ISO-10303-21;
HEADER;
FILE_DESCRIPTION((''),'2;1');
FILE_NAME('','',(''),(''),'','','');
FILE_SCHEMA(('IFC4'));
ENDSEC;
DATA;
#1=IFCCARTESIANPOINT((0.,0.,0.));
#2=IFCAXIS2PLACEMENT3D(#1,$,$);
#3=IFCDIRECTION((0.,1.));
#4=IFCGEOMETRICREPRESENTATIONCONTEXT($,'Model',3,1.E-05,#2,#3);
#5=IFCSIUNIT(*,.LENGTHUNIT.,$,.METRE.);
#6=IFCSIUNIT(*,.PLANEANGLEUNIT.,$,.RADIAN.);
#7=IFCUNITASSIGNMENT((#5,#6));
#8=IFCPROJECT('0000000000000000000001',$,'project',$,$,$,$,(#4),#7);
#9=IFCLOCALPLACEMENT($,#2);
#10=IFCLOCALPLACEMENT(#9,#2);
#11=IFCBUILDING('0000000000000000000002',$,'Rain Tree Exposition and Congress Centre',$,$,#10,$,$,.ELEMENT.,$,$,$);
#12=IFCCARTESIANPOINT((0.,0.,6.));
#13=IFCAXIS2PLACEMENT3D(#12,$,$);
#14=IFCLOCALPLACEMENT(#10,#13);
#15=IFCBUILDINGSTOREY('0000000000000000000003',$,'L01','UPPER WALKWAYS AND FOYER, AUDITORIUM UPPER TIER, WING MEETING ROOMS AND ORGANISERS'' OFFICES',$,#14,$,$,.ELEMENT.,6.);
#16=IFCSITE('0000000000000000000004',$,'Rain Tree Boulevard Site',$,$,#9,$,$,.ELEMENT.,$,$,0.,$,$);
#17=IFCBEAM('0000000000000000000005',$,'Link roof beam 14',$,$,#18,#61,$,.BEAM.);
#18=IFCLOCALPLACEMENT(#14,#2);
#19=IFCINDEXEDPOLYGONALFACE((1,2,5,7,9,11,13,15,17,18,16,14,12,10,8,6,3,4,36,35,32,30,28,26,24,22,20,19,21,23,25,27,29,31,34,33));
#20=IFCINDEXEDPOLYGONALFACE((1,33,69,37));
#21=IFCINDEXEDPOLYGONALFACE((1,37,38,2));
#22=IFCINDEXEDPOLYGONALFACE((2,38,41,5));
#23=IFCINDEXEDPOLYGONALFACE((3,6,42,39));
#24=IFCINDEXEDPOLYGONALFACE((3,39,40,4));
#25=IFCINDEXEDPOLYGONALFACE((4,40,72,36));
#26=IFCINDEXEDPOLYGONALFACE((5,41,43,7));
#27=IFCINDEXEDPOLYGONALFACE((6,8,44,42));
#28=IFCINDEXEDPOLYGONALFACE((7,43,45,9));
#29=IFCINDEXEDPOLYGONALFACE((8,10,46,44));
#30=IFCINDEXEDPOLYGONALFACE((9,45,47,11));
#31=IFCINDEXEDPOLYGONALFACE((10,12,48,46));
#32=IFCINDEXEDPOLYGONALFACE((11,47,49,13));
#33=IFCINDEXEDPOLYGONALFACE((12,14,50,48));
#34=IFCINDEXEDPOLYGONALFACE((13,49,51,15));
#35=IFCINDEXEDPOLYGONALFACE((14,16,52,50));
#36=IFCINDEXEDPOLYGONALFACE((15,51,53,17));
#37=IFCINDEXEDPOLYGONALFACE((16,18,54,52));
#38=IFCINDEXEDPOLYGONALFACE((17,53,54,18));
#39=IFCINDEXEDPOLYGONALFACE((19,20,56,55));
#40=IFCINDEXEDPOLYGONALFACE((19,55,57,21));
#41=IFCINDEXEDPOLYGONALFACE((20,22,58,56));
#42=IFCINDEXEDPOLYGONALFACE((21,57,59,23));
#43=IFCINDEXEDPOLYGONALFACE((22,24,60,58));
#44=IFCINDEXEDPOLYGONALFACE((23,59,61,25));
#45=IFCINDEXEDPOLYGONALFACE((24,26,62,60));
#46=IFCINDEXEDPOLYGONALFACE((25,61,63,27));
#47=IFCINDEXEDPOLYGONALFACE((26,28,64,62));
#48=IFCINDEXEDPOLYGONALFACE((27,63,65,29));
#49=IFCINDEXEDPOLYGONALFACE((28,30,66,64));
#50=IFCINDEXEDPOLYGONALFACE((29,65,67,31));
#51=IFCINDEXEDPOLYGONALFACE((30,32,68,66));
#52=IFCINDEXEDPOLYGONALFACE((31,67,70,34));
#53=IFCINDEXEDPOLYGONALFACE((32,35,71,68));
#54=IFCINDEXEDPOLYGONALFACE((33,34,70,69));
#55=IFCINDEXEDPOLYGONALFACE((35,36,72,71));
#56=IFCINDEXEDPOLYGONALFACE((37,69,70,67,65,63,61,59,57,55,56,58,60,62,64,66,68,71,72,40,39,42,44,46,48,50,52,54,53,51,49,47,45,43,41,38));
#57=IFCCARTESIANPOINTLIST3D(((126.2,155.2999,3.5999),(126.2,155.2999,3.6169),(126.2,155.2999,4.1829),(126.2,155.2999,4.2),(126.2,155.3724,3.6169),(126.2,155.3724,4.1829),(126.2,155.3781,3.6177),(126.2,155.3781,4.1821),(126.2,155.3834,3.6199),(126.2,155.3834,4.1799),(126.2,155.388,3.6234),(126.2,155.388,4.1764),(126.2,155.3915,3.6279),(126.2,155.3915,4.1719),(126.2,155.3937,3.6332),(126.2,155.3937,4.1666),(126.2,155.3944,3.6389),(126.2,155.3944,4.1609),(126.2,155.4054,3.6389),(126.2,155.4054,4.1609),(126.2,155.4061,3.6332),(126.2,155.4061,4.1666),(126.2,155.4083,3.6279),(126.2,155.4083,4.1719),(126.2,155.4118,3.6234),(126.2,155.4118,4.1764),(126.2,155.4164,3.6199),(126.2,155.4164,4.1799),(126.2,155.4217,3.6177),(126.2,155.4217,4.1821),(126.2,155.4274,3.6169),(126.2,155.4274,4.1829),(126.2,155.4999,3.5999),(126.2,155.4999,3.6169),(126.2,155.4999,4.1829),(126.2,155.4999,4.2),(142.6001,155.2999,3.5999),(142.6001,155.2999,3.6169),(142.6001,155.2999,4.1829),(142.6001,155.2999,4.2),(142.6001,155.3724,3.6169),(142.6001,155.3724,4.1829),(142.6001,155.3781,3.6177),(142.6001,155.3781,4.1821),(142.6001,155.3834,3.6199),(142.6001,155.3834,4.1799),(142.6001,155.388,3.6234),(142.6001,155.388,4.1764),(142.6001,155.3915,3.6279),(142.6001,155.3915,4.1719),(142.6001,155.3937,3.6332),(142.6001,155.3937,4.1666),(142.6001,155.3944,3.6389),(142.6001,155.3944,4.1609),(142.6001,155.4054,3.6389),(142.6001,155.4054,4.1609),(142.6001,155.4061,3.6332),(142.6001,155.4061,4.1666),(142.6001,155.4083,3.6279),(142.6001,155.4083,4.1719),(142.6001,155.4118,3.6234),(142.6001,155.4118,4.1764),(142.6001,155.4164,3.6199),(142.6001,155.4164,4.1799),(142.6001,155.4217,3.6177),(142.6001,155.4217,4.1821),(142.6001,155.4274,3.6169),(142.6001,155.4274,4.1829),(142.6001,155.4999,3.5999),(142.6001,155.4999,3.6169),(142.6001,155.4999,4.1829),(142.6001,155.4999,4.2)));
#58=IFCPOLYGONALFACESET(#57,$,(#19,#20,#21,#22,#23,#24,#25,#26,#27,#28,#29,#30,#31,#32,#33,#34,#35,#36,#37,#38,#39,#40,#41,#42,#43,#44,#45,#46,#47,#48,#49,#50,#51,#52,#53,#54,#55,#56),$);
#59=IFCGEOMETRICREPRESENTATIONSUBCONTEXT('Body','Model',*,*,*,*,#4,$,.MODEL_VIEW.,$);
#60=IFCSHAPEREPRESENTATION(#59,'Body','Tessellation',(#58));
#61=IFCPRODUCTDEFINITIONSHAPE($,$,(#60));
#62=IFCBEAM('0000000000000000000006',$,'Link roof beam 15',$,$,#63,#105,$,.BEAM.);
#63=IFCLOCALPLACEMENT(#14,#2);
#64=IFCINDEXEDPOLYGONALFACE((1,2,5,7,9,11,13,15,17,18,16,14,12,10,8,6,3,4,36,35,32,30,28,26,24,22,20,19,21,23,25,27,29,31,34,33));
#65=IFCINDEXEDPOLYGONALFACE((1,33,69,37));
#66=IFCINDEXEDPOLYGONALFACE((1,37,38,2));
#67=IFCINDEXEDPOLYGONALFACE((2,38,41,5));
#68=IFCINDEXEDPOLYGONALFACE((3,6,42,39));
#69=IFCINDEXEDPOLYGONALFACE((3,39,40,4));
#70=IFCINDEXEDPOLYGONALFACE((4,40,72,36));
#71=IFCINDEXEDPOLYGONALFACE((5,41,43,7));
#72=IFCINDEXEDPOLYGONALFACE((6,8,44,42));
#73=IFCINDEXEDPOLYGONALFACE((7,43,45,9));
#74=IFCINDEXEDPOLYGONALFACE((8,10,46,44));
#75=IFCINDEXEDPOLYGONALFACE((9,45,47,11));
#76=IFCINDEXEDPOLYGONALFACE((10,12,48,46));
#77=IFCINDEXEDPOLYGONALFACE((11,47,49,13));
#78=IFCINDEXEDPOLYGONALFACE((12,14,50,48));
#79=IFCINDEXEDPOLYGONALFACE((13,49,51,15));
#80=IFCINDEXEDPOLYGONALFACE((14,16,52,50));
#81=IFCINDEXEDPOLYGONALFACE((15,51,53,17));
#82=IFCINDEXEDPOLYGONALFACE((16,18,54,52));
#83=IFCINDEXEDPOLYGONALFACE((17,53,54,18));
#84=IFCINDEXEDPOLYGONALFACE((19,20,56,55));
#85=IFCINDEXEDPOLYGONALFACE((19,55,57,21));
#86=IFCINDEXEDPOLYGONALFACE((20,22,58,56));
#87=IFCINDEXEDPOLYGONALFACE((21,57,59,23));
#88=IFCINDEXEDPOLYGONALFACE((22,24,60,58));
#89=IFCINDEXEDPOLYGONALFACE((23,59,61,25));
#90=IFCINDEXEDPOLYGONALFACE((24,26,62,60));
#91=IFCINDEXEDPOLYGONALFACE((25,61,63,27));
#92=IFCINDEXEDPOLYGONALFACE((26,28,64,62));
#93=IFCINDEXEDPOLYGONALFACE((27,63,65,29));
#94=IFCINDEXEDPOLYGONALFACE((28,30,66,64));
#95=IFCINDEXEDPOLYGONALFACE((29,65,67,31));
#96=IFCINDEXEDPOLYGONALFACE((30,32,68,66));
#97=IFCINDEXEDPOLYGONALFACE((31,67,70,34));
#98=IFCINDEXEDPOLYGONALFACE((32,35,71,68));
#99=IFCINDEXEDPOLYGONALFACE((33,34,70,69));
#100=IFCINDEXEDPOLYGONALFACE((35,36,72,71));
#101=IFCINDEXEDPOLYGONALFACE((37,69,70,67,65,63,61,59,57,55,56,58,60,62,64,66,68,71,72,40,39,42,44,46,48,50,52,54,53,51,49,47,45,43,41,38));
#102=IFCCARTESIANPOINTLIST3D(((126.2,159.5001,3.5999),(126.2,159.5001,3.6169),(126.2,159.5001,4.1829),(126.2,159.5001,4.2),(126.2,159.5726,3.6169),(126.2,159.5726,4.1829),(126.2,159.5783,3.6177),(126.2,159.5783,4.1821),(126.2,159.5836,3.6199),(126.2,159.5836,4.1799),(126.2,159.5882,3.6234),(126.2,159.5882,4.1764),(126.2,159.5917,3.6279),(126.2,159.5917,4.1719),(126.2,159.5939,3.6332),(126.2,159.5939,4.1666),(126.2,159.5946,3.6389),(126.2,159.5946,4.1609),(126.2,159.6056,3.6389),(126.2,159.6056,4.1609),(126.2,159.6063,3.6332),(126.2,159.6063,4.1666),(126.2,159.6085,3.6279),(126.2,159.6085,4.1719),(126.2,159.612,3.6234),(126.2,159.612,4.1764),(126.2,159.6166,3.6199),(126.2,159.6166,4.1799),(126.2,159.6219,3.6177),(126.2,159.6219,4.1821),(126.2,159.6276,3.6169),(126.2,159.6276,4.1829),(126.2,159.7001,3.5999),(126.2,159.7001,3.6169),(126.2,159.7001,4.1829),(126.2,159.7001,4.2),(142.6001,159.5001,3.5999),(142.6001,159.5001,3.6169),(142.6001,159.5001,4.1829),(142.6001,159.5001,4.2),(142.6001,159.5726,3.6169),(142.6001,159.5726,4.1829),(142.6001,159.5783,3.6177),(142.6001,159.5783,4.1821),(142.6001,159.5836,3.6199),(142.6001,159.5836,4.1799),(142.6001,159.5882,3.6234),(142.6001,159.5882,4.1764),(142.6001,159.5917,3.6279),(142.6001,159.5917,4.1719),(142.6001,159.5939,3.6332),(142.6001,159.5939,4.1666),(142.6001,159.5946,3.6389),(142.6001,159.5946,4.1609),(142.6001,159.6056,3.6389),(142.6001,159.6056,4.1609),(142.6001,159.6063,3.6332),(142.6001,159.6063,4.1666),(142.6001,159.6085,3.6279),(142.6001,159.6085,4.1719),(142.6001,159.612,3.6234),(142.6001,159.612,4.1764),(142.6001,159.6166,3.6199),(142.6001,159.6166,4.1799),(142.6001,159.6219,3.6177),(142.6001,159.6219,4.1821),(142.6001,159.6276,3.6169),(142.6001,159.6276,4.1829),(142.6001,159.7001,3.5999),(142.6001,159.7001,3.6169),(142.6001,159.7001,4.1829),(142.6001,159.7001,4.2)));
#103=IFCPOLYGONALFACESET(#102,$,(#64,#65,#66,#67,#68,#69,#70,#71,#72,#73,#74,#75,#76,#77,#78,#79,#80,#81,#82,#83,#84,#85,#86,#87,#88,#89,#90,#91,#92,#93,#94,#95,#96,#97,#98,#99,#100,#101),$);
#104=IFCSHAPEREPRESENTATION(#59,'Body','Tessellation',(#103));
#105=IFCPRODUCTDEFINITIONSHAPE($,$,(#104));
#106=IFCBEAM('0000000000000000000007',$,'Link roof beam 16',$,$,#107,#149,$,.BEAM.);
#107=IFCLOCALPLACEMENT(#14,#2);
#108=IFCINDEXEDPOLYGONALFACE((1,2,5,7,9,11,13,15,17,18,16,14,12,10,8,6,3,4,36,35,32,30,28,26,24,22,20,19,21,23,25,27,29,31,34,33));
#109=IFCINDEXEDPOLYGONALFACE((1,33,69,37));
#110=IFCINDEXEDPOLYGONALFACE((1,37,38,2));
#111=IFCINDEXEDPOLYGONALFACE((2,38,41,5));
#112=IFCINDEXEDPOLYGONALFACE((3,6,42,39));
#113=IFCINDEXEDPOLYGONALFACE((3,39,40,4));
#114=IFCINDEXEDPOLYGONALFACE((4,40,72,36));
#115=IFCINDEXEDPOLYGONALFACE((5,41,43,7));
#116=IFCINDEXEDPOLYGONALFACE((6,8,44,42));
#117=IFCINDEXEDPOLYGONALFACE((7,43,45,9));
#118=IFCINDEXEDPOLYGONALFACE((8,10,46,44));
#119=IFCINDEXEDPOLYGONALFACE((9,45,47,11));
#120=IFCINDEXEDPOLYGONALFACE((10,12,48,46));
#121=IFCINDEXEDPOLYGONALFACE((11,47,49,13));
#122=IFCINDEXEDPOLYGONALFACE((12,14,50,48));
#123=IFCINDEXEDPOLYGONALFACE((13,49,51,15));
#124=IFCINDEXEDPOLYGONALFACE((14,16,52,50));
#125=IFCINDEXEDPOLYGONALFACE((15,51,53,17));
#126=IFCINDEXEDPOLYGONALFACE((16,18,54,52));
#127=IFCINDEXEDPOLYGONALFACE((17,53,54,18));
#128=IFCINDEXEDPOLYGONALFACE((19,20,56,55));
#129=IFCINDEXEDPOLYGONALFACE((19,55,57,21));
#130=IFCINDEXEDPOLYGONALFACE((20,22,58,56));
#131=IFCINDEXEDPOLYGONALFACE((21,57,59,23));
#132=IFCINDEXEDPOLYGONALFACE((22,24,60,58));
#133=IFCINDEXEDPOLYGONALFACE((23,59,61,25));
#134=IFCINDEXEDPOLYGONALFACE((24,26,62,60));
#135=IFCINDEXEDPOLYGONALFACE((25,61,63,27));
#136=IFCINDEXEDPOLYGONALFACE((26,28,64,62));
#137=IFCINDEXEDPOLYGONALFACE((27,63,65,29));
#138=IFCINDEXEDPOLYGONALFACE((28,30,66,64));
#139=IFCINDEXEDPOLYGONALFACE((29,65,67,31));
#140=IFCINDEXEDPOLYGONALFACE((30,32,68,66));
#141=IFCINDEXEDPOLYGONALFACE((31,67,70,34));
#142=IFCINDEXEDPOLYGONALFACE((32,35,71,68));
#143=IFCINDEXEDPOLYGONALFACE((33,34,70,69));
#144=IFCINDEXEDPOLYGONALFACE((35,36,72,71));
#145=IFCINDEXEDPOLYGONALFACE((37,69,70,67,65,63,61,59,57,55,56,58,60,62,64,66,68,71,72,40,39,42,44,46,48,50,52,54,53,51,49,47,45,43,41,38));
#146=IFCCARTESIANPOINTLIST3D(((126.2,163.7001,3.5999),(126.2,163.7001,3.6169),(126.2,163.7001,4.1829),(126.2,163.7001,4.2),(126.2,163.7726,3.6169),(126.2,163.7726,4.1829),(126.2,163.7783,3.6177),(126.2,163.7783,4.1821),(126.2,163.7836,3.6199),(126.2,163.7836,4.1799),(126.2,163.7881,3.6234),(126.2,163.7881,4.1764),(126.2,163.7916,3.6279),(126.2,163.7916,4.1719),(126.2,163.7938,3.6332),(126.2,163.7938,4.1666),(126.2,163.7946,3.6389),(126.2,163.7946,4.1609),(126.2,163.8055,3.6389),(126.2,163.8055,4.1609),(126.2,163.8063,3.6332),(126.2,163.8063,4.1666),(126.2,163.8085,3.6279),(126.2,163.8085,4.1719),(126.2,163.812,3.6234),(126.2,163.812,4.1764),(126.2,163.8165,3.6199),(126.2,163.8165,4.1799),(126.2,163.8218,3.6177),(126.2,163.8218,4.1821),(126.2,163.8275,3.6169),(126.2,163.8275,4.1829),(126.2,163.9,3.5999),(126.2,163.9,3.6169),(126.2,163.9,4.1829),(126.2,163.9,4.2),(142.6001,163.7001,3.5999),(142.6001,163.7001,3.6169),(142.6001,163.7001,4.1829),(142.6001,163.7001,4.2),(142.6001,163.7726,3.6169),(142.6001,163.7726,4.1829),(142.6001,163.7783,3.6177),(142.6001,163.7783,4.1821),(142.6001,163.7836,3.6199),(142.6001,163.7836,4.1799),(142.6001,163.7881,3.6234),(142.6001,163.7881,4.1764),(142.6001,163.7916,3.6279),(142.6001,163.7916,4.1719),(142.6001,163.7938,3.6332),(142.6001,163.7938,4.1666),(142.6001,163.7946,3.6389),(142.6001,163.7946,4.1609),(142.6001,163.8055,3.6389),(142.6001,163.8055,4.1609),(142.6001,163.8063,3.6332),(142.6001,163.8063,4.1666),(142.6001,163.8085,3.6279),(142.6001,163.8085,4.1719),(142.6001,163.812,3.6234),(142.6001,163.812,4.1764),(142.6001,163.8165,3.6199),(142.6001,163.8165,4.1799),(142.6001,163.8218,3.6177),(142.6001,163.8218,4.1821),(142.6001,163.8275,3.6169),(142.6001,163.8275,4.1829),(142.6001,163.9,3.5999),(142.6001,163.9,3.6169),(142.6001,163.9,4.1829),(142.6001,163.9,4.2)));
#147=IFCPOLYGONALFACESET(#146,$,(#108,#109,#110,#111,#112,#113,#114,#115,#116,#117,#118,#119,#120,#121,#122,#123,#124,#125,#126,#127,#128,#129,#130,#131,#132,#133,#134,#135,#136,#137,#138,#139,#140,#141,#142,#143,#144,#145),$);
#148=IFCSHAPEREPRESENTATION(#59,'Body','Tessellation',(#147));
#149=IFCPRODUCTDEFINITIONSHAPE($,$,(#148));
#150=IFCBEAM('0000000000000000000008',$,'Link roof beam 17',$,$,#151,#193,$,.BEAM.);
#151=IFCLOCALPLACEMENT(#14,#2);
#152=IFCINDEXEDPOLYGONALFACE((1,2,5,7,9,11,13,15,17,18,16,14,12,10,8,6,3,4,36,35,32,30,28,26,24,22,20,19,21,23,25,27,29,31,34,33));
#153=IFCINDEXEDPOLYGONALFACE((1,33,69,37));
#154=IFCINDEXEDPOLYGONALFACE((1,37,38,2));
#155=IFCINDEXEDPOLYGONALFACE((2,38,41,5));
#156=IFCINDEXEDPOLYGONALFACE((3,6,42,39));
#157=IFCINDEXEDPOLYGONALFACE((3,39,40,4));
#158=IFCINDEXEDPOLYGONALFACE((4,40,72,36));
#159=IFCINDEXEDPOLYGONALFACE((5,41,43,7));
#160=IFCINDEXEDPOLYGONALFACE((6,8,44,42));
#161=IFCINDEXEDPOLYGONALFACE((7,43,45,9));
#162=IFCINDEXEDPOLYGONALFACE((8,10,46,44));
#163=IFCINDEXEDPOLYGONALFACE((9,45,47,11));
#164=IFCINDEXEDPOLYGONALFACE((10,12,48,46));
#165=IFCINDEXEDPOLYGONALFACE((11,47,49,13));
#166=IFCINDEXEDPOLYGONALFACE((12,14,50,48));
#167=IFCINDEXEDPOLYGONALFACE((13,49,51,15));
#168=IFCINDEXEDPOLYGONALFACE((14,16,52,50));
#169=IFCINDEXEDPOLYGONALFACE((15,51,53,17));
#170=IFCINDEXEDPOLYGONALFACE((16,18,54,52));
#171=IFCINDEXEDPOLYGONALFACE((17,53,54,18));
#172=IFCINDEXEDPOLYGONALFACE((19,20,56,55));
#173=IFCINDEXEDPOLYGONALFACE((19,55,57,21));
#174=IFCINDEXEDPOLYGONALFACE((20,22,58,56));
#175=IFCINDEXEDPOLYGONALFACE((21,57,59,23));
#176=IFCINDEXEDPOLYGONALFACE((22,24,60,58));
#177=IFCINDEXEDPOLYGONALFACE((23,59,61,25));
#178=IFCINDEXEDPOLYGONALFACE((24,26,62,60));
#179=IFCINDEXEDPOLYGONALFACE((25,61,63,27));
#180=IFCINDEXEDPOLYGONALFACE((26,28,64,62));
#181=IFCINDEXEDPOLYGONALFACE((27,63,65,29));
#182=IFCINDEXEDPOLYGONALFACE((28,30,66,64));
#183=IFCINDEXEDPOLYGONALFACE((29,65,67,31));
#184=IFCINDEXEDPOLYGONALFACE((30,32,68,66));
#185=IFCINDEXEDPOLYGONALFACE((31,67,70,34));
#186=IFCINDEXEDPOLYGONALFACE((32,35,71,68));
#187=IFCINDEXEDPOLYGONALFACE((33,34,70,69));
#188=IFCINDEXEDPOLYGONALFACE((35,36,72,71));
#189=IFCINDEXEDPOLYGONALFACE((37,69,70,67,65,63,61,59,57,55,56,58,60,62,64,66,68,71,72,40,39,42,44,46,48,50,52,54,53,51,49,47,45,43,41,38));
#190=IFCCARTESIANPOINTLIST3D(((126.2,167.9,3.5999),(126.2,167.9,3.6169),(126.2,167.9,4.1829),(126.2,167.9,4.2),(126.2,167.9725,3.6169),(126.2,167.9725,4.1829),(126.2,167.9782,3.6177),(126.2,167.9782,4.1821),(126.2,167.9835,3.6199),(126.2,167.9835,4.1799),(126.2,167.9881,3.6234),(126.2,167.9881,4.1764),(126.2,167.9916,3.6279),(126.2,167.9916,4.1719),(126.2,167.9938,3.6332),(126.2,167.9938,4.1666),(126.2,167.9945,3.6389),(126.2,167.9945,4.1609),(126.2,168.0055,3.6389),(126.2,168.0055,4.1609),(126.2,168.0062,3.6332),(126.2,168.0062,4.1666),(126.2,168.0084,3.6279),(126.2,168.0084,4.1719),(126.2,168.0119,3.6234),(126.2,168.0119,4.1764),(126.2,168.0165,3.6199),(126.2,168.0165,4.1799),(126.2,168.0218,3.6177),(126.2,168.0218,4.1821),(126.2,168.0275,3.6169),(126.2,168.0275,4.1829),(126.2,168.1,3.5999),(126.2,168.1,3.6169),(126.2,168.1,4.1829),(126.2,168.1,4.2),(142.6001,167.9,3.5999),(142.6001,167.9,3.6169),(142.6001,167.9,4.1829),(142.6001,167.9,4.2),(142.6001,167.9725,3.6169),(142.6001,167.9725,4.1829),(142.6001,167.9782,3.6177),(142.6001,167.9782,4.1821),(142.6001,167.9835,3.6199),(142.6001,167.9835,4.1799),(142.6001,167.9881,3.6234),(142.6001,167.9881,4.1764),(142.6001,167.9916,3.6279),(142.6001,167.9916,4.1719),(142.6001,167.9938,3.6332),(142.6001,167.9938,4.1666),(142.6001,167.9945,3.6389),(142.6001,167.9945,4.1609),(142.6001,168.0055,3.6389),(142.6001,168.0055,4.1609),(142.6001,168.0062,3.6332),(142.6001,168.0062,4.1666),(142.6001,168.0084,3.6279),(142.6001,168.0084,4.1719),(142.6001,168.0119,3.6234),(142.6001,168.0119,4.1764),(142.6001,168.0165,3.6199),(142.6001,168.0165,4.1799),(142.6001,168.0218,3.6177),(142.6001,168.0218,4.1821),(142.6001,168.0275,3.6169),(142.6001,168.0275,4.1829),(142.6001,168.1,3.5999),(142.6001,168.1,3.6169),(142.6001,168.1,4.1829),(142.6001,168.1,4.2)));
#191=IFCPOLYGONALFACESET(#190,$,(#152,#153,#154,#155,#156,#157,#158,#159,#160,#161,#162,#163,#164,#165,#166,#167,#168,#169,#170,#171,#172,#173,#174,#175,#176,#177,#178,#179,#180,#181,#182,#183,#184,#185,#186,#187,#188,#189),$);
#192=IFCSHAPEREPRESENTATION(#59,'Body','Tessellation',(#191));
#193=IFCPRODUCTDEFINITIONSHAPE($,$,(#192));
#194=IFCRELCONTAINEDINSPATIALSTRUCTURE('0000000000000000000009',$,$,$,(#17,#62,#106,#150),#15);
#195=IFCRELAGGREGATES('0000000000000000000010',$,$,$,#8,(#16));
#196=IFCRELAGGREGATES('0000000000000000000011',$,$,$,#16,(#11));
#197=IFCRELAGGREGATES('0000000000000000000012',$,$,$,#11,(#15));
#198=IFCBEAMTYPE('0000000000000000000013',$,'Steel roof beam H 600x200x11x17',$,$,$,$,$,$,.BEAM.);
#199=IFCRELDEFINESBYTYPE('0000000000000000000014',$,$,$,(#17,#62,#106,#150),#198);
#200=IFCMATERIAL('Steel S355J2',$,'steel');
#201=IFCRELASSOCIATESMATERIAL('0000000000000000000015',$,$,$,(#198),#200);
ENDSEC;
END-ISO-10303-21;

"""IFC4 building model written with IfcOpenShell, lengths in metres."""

from ifc_helpers import new_model, si_unit, direction, frame, origin, origin_2d, place, context, subcontext, project, spatial, i_section, extrude, material, material_profile, profile_set, type_object, element, save


model = new_model("IFC4")

# Units and contexts
model_context = context("Model", 3, precision=1e-05, world=origin(), true_north=direction((0.0, 1.0)))
body_context = subcontext(model_context, "Body", "Model", "MODEL_VIEW")
ifc_project = project(units=[si_unit("LENGTHUNIT", "METRE"), si_unit("PLANEANGLEUNIT", "RADIAN")], contexts=[model_context])

# Site, building, storey
site_placement = place(None, origin())
site = spatial("IfcSite", under=ifc_project, at=site_placement, Name="Rain Tree Boulevard Site", CompositionType="ELEMENT", RefElevation=0.0)
building_placement = place(site_placement, origin())
building = spatial("IfcBuilding", under=site, at=building_placement, Name="Rain Tree Exposition and Congress Centre", CompositionType="ELEMENT")
storey_placement = place(building_placement, frame((0.0, 0.0, 6.0)))
storey = spatial("IfcBuildingStorey", under=building, at=storey_placement, Name="L01", Description="UPPER WALKWAYS AND FOYER, AUDITORIUM UPPER TIER, WING MEETING ROOMS AND ORGANISERS' OFFICES", CompositionType="ELEMENT", Elevation=6.0)

# Beams
ifc_material_1 = material(Name="Steel S355J2", Category="steel")
ifc_material_profile_1 = material_profile(ifc_material_1, i_section(OverallWidth=0.2, OverallDepth=0.6001, WebThickness=0.011, FlangeThickness=0.0171, FilletRadius=0.022, at=origin_2d()), Name="H 600x200x11x17")
ifc_profile_set_1 = profile_set([ifc_material_profile_1], Name="Steel S355J2")
beam_type = type_object("IfcBeamType", Name="Steel roof beam H 600x200x11x17", PredefinedType="BEAM", material=ifc_profile_set_1)
for number, where, z_axis, x_axis, name in (
    (1, (126.2, 155.3999, 3.8999), (1.0, 0.0, 0.0), (0.0, 1.0, 0.0), "Link roof beam 14"),
    (2, (126.2, 159.6001, 3.8999), (1.0, 0.0, 0.0), (0.0, 1.0, 0.0), "Link roof beam 15"),
    (3, (126.2, 163.8, 3.8999), (1.0, 0.0, 0.0), (0.0, 1.0, 0.0), "Link roof beam 16"),
    (4, (126.2, 168.0, 3.8999), (1.0, 0.0, 0.0), (0.0, 1.0, 0.0), "Link roof beam 17"),
):
    element("IfcBeam", number, at=place(storey_placement, frame(where, z_axis=z_axis, x_axis=x_axis)), inside=storey, type_object=beam_type, Name=name, PredefinedType="BEAM", context=body_context, shape_type="SweptSolid", body=[
        extrude(i_section(OverallWidth=0.2, OverallDepth=0.6001, WebThickness=0.011, FlangeThickness=0.0171, FilletRadius=0.022, at=origin_2d()), origin(), (0.0, 0.0, 1.0), 16.4001),
    ])

save(model, "model.ifc")
